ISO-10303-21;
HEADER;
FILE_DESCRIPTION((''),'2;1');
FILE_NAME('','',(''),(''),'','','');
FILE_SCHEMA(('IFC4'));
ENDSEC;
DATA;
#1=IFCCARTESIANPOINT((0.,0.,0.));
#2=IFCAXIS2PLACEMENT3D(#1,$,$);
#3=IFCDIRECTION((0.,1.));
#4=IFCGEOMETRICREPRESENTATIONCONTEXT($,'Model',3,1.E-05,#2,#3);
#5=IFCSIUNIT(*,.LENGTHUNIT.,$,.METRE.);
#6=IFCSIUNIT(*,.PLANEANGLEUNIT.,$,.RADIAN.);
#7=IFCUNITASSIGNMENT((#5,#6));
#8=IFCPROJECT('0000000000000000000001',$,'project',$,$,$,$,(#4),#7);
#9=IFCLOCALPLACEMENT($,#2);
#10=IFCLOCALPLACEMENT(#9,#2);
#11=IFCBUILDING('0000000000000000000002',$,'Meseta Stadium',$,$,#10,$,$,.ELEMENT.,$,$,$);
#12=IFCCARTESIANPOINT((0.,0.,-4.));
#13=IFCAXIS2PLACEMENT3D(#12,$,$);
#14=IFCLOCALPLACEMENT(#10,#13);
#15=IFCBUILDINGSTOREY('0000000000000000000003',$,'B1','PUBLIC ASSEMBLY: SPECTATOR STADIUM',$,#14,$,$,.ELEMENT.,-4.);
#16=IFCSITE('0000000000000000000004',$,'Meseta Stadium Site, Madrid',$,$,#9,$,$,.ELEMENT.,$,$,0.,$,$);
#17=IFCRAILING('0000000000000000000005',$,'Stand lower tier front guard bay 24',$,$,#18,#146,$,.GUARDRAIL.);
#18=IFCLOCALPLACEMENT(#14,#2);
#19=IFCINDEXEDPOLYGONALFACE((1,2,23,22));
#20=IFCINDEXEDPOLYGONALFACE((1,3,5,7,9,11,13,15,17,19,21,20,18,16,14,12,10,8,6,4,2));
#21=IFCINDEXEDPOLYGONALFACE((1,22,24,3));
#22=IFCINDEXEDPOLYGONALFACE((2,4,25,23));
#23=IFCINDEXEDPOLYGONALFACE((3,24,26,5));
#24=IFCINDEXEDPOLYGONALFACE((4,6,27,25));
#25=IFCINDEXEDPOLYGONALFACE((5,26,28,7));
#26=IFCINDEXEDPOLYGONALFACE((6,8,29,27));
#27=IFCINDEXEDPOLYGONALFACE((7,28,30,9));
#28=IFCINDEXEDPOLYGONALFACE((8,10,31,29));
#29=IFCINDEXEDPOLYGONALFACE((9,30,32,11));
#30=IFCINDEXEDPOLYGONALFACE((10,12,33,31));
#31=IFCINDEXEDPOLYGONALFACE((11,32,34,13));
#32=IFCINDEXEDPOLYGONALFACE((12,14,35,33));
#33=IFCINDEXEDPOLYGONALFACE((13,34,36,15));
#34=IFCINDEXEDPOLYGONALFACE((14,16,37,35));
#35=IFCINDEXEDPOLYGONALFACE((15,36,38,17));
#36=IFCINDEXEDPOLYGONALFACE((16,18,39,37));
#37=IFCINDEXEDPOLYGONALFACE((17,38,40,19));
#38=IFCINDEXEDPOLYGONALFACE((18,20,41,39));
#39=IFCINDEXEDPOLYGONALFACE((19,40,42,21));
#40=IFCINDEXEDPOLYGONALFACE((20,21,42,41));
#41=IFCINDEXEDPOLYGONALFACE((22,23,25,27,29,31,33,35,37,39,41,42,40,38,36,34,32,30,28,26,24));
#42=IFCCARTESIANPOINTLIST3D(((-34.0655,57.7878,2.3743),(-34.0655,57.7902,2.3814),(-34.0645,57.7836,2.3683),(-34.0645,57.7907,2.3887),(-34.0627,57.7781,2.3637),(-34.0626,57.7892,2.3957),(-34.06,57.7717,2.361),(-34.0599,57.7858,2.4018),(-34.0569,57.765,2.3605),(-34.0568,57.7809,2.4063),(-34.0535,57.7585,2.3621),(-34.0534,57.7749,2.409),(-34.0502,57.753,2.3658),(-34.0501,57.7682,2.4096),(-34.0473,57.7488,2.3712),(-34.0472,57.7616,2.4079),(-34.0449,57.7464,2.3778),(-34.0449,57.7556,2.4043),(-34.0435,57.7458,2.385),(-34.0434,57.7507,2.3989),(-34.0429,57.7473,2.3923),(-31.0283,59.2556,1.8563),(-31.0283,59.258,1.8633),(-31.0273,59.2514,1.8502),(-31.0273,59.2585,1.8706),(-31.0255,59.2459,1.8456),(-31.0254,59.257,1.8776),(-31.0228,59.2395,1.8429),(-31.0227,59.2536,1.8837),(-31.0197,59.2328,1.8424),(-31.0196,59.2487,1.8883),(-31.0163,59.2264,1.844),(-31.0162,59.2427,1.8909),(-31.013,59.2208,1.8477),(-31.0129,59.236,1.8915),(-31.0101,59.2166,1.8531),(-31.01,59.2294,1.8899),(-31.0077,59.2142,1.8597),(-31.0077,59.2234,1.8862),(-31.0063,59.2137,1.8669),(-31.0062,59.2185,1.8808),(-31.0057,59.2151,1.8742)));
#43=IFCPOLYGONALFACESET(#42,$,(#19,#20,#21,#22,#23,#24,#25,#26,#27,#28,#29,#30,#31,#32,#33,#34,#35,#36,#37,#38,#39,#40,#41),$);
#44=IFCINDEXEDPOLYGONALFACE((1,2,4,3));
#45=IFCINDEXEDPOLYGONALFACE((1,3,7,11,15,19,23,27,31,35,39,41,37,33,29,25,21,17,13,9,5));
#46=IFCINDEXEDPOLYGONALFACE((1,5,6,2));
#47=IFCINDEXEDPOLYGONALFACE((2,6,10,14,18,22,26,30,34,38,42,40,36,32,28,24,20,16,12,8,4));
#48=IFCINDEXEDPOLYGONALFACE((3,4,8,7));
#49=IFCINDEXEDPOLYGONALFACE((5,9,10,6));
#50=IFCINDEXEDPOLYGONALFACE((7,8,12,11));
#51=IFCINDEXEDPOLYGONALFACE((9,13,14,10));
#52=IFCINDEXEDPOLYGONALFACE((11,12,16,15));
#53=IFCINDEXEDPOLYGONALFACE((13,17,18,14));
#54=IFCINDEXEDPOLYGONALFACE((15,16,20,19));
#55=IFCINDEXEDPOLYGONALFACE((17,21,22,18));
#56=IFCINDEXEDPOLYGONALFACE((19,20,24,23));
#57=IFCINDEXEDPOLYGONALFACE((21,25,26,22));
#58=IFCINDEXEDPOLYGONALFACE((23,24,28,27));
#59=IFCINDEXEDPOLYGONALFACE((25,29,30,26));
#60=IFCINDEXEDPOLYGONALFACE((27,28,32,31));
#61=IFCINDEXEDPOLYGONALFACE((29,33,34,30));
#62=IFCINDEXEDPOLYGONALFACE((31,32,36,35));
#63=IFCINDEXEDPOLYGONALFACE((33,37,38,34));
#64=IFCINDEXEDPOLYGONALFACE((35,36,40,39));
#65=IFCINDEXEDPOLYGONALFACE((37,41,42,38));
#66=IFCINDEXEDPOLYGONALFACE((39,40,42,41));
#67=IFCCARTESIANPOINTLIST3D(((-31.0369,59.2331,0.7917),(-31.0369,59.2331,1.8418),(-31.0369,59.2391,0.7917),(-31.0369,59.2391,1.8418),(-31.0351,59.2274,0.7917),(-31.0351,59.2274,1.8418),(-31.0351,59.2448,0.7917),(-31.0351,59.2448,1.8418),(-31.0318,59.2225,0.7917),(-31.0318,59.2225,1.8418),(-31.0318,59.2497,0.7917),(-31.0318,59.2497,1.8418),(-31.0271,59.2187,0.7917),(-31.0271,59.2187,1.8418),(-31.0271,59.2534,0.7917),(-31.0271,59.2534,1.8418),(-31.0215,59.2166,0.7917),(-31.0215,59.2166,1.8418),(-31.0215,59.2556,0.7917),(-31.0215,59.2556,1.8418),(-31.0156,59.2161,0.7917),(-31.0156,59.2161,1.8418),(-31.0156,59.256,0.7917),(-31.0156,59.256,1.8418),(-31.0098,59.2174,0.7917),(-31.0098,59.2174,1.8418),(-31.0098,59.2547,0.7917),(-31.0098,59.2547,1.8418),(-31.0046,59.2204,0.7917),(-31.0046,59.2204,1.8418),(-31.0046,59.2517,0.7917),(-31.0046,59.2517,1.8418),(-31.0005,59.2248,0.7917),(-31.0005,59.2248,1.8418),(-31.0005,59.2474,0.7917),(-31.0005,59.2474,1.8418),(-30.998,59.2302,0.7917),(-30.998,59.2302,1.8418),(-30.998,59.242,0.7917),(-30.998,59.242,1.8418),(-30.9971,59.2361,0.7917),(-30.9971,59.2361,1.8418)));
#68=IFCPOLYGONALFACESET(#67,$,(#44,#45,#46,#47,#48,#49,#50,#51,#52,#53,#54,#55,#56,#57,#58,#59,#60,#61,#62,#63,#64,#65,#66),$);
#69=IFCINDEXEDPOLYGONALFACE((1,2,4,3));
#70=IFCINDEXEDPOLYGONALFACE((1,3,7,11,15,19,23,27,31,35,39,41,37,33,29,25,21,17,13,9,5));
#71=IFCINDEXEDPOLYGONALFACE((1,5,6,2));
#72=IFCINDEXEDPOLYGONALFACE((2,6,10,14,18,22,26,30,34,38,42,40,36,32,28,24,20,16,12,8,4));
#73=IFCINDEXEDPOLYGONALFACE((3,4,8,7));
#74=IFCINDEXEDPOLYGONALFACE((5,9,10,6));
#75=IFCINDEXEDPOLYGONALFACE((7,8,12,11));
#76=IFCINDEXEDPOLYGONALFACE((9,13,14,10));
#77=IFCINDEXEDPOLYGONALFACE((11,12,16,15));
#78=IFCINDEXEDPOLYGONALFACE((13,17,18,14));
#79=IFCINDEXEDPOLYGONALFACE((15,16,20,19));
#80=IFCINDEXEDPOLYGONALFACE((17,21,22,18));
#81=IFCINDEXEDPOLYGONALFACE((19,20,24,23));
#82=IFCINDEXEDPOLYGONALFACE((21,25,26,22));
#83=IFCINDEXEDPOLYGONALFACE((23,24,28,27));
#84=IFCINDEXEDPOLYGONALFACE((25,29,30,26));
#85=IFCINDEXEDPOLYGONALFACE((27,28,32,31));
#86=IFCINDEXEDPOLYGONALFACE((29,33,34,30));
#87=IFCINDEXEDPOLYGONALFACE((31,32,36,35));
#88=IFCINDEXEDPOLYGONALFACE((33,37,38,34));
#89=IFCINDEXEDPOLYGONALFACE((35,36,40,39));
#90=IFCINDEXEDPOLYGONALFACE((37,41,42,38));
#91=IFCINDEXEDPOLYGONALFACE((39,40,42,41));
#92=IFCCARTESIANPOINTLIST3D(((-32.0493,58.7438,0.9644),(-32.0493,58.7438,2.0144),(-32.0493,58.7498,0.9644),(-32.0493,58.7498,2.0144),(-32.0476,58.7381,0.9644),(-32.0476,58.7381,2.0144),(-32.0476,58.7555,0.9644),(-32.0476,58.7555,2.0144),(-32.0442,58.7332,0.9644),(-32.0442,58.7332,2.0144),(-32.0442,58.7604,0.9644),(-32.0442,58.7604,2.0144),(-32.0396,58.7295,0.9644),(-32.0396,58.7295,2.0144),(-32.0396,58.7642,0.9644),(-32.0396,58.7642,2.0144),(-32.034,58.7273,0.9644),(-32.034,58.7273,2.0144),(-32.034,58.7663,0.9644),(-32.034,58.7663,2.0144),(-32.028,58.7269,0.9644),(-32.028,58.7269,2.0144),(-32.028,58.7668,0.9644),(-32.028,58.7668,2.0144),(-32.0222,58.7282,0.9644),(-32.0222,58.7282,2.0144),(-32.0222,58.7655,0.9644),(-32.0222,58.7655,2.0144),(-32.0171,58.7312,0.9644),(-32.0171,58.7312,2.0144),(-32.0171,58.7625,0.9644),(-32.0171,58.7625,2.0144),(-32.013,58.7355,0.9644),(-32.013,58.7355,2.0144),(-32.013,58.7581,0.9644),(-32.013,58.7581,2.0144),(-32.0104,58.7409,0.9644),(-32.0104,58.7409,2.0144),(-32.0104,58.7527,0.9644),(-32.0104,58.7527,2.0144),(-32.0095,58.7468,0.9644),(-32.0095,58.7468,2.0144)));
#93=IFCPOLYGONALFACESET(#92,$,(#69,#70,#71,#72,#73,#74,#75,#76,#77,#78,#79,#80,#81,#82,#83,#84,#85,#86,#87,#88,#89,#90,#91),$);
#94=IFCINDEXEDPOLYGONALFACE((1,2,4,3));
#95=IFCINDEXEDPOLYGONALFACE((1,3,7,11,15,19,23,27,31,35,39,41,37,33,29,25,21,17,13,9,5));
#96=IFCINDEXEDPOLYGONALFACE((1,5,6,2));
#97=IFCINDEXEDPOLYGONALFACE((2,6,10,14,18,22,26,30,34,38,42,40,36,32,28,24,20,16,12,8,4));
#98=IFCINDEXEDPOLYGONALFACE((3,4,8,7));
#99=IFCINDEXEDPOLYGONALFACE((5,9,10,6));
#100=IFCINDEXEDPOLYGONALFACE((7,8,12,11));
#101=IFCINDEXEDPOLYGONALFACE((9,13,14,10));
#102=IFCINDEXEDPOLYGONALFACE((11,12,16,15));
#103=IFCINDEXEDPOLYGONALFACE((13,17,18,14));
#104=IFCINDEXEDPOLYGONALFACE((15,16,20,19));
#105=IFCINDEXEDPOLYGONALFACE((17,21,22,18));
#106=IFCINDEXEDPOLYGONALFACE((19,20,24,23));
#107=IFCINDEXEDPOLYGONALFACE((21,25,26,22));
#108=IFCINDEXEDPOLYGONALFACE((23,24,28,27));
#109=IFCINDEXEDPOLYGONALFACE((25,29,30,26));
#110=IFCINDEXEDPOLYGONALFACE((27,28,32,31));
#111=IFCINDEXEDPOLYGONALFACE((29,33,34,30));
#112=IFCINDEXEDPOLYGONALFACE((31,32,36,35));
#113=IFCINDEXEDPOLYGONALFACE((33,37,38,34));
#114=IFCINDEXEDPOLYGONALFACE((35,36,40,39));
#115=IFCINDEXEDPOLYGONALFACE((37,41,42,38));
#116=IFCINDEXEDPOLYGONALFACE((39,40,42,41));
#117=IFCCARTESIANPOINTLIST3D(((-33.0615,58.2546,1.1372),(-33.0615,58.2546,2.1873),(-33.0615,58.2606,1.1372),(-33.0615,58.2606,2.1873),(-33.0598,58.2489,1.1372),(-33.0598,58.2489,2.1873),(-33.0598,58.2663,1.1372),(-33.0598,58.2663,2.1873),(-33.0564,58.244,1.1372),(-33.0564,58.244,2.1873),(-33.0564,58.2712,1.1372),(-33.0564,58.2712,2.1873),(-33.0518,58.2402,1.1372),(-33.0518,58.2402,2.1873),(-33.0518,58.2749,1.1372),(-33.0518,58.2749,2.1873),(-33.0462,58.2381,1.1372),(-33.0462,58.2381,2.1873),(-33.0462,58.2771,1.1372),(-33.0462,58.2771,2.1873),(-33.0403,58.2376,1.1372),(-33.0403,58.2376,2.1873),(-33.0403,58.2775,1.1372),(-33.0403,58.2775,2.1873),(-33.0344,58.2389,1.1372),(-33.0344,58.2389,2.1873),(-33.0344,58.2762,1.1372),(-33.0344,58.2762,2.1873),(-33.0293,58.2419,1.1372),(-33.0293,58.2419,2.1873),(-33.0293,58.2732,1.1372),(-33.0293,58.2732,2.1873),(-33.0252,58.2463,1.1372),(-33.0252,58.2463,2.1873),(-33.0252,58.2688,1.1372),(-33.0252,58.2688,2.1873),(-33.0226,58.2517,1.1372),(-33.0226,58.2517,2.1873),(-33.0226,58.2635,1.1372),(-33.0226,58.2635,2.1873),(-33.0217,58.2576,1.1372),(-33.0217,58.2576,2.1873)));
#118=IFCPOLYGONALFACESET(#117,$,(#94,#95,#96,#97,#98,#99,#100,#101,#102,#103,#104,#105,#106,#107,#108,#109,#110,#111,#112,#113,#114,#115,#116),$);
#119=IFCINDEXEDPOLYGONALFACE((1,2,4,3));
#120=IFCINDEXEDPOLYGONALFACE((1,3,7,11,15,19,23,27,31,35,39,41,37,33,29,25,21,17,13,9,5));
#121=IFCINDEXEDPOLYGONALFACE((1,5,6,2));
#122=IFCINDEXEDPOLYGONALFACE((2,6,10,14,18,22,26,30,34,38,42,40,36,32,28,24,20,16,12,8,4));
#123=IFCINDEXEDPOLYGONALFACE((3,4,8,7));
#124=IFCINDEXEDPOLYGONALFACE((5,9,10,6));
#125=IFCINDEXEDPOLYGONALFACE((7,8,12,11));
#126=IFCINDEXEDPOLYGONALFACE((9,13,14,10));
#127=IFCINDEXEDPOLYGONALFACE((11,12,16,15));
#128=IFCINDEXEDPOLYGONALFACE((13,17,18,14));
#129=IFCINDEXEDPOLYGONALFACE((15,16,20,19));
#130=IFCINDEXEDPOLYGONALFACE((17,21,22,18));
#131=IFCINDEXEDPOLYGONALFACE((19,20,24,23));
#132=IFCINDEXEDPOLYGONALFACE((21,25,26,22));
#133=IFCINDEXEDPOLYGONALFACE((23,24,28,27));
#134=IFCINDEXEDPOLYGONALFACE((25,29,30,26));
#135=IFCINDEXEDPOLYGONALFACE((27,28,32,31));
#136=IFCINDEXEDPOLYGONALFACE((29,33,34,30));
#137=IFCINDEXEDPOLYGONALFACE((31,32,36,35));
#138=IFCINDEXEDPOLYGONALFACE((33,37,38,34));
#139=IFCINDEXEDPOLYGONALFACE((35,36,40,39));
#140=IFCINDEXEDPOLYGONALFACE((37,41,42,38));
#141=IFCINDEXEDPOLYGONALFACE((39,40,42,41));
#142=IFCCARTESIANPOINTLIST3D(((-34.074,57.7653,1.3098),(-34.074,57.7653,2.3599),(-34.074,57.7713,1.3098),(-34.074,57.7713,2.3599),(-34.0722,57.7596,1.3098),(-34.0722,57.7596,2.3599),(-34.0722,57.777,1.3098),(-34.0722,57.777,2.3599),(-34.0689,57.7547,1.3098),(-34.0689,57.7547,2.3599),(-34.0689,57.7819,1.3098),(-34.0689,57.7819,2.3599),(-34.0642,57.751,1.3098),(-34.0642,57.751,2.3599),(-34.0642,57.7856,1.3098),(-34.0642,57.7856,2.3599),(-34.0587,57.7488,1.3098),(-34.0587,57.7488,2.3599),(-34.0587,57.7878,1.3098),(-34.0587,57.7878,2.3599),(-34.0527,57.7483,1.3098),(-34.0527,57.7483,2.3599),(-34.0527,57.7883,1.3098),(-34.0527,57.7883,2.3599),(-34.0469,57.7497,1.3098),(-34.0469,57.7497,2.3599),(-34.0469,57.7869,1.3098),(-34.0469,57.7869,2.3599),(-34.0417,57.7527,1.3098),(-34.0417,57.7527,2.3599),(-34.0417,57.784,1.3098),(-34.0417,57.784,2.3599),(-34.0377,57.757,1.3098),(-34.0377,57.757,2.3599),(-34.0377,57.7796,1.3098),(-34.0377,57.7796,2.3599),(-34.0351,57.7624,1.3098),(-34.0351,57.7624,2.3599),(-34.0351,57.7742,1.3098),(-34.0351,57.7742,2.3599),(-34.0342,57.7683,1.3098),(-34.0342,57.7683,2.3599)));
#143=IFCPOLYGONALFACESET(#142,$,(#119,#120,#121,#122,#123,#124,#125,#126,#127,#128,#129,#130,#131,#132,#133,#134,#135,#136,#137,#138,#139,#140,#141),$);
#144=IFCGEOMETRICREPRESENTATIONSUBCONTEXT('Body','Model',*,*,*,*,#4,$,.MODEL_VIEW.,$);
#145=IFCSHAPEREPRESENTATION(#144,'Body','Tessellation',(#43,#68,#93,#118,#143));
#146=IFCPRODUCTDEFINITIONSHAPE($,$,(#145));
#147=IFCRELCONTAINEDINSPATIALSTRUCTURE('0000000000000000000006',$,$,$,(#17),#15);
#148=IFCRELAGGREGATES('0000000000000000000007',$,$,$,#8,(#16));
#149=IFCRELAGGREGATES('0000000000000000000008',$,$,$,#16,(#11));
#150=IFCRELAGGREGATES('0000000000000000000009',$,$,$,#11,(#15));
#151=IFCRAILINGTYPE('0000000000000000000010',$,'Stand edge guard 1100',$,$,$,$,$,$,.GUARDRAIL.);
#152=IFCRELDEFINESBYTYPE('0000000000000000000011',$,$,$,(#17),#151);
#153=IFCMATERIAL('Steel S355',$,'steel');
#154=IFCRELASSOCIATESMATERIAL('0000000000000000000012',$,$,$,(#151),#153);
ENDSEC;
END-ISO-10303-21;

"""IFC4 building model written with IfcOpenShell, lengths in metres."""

from ifc_helpers import new_model, si_unit, direction, frame, origin, origin_2d, place, context, subcontext, project, spatial, circle, extrude, material, type_object, element, save


model = new_model("IFC4")

# Units and contexts
model_context = context("Model", 3, precision=1e-05, world=origin(), true_north=direction((0.0, 1.0)))
body_context = subcontext(model_context, "Body", "Model", "MODEL_VIEW")
ifc_project = project(units=[si_unit("LENGTHUNIT", "METRE"), si_unit("PLANEANGLEUNIT", "RADIAN")], contexts=[model_context])

# Site, building, storey
site_placement = place(None, origin())
site = spatial("IfcSite", under=ifc_project, at=site_placement, Name="Meseta Stadium Site, Madrid", CompositionType="ELEMENT", RefElevation=0.0)
building_placement = place(site_placement, origin())
building = spatial("IfcBuilding", under=site, at=building_placement, Name="Meseta Stadium", CompositionType="ELEMENT")
storey_placement = place(building_placement, frame((0.0, 0.0, -4.0)))
storey = spatial("IfcBuildingStorey", under=building, at=storey_placement, Name="B1", Description="PUBLIC ASSEMBLY: SPECTATOR STADIUM", CompositionType="ELEMENT", Elevation=-4.0)

# Railing
ifc_material_1 = material(Name="Steel S355", Category="steel")
railing_type = type_object("IfcRailingType", Name="Stand edge guard 1100", PredefinedType="GUARDRAIL", material=ifc_material_1)
railing_1_placement = place(storey_placement, frame((-31.0171, 59.2361, 0.7917)))
element("IfcRailing", 1, at=railing_1_placement, inside=storey, type_object=railing_type, Name="Stand lower tier front guard bay 24", PredefinedType="GUARDRAIL", context=body_context, shape_type="SweptSolid", body=[
    extrude(circle(Radius=0.0249, at=origin_2d()), frame((0.0, 0.0, 1.0752), z_axis=(-0.889933, -0.430087, 0.151804), x_axis=(0.43513, -0.900368, 0.0)), (0.0, 0.0, 1.0), 3.4128),
    extrude(circle(Radius=0.02, at=origin_2d()), origin(), (0.0, 0.0, 1.0), 1.05),
    extrude(circle(Radius=0.02, at=origin_2d()), frame((-1.0125, -0.4893, 0.1726)), (0.0, 0.0, 1.0), 1.05),
    extrude(circle(Radius=0.02, at=origin_2d()), frame((-2.0247, -0.9785, 0.3455)), (0.0, 0.0, 1.0), 1.05),
    extrude(circle(Radius=0.02, at=origin_2d()), frame((-3.0371, -1.4678, 0.5181)), (0.0, 0.0, 1.0), 1.05),
])

save(model, "model.ifc")
